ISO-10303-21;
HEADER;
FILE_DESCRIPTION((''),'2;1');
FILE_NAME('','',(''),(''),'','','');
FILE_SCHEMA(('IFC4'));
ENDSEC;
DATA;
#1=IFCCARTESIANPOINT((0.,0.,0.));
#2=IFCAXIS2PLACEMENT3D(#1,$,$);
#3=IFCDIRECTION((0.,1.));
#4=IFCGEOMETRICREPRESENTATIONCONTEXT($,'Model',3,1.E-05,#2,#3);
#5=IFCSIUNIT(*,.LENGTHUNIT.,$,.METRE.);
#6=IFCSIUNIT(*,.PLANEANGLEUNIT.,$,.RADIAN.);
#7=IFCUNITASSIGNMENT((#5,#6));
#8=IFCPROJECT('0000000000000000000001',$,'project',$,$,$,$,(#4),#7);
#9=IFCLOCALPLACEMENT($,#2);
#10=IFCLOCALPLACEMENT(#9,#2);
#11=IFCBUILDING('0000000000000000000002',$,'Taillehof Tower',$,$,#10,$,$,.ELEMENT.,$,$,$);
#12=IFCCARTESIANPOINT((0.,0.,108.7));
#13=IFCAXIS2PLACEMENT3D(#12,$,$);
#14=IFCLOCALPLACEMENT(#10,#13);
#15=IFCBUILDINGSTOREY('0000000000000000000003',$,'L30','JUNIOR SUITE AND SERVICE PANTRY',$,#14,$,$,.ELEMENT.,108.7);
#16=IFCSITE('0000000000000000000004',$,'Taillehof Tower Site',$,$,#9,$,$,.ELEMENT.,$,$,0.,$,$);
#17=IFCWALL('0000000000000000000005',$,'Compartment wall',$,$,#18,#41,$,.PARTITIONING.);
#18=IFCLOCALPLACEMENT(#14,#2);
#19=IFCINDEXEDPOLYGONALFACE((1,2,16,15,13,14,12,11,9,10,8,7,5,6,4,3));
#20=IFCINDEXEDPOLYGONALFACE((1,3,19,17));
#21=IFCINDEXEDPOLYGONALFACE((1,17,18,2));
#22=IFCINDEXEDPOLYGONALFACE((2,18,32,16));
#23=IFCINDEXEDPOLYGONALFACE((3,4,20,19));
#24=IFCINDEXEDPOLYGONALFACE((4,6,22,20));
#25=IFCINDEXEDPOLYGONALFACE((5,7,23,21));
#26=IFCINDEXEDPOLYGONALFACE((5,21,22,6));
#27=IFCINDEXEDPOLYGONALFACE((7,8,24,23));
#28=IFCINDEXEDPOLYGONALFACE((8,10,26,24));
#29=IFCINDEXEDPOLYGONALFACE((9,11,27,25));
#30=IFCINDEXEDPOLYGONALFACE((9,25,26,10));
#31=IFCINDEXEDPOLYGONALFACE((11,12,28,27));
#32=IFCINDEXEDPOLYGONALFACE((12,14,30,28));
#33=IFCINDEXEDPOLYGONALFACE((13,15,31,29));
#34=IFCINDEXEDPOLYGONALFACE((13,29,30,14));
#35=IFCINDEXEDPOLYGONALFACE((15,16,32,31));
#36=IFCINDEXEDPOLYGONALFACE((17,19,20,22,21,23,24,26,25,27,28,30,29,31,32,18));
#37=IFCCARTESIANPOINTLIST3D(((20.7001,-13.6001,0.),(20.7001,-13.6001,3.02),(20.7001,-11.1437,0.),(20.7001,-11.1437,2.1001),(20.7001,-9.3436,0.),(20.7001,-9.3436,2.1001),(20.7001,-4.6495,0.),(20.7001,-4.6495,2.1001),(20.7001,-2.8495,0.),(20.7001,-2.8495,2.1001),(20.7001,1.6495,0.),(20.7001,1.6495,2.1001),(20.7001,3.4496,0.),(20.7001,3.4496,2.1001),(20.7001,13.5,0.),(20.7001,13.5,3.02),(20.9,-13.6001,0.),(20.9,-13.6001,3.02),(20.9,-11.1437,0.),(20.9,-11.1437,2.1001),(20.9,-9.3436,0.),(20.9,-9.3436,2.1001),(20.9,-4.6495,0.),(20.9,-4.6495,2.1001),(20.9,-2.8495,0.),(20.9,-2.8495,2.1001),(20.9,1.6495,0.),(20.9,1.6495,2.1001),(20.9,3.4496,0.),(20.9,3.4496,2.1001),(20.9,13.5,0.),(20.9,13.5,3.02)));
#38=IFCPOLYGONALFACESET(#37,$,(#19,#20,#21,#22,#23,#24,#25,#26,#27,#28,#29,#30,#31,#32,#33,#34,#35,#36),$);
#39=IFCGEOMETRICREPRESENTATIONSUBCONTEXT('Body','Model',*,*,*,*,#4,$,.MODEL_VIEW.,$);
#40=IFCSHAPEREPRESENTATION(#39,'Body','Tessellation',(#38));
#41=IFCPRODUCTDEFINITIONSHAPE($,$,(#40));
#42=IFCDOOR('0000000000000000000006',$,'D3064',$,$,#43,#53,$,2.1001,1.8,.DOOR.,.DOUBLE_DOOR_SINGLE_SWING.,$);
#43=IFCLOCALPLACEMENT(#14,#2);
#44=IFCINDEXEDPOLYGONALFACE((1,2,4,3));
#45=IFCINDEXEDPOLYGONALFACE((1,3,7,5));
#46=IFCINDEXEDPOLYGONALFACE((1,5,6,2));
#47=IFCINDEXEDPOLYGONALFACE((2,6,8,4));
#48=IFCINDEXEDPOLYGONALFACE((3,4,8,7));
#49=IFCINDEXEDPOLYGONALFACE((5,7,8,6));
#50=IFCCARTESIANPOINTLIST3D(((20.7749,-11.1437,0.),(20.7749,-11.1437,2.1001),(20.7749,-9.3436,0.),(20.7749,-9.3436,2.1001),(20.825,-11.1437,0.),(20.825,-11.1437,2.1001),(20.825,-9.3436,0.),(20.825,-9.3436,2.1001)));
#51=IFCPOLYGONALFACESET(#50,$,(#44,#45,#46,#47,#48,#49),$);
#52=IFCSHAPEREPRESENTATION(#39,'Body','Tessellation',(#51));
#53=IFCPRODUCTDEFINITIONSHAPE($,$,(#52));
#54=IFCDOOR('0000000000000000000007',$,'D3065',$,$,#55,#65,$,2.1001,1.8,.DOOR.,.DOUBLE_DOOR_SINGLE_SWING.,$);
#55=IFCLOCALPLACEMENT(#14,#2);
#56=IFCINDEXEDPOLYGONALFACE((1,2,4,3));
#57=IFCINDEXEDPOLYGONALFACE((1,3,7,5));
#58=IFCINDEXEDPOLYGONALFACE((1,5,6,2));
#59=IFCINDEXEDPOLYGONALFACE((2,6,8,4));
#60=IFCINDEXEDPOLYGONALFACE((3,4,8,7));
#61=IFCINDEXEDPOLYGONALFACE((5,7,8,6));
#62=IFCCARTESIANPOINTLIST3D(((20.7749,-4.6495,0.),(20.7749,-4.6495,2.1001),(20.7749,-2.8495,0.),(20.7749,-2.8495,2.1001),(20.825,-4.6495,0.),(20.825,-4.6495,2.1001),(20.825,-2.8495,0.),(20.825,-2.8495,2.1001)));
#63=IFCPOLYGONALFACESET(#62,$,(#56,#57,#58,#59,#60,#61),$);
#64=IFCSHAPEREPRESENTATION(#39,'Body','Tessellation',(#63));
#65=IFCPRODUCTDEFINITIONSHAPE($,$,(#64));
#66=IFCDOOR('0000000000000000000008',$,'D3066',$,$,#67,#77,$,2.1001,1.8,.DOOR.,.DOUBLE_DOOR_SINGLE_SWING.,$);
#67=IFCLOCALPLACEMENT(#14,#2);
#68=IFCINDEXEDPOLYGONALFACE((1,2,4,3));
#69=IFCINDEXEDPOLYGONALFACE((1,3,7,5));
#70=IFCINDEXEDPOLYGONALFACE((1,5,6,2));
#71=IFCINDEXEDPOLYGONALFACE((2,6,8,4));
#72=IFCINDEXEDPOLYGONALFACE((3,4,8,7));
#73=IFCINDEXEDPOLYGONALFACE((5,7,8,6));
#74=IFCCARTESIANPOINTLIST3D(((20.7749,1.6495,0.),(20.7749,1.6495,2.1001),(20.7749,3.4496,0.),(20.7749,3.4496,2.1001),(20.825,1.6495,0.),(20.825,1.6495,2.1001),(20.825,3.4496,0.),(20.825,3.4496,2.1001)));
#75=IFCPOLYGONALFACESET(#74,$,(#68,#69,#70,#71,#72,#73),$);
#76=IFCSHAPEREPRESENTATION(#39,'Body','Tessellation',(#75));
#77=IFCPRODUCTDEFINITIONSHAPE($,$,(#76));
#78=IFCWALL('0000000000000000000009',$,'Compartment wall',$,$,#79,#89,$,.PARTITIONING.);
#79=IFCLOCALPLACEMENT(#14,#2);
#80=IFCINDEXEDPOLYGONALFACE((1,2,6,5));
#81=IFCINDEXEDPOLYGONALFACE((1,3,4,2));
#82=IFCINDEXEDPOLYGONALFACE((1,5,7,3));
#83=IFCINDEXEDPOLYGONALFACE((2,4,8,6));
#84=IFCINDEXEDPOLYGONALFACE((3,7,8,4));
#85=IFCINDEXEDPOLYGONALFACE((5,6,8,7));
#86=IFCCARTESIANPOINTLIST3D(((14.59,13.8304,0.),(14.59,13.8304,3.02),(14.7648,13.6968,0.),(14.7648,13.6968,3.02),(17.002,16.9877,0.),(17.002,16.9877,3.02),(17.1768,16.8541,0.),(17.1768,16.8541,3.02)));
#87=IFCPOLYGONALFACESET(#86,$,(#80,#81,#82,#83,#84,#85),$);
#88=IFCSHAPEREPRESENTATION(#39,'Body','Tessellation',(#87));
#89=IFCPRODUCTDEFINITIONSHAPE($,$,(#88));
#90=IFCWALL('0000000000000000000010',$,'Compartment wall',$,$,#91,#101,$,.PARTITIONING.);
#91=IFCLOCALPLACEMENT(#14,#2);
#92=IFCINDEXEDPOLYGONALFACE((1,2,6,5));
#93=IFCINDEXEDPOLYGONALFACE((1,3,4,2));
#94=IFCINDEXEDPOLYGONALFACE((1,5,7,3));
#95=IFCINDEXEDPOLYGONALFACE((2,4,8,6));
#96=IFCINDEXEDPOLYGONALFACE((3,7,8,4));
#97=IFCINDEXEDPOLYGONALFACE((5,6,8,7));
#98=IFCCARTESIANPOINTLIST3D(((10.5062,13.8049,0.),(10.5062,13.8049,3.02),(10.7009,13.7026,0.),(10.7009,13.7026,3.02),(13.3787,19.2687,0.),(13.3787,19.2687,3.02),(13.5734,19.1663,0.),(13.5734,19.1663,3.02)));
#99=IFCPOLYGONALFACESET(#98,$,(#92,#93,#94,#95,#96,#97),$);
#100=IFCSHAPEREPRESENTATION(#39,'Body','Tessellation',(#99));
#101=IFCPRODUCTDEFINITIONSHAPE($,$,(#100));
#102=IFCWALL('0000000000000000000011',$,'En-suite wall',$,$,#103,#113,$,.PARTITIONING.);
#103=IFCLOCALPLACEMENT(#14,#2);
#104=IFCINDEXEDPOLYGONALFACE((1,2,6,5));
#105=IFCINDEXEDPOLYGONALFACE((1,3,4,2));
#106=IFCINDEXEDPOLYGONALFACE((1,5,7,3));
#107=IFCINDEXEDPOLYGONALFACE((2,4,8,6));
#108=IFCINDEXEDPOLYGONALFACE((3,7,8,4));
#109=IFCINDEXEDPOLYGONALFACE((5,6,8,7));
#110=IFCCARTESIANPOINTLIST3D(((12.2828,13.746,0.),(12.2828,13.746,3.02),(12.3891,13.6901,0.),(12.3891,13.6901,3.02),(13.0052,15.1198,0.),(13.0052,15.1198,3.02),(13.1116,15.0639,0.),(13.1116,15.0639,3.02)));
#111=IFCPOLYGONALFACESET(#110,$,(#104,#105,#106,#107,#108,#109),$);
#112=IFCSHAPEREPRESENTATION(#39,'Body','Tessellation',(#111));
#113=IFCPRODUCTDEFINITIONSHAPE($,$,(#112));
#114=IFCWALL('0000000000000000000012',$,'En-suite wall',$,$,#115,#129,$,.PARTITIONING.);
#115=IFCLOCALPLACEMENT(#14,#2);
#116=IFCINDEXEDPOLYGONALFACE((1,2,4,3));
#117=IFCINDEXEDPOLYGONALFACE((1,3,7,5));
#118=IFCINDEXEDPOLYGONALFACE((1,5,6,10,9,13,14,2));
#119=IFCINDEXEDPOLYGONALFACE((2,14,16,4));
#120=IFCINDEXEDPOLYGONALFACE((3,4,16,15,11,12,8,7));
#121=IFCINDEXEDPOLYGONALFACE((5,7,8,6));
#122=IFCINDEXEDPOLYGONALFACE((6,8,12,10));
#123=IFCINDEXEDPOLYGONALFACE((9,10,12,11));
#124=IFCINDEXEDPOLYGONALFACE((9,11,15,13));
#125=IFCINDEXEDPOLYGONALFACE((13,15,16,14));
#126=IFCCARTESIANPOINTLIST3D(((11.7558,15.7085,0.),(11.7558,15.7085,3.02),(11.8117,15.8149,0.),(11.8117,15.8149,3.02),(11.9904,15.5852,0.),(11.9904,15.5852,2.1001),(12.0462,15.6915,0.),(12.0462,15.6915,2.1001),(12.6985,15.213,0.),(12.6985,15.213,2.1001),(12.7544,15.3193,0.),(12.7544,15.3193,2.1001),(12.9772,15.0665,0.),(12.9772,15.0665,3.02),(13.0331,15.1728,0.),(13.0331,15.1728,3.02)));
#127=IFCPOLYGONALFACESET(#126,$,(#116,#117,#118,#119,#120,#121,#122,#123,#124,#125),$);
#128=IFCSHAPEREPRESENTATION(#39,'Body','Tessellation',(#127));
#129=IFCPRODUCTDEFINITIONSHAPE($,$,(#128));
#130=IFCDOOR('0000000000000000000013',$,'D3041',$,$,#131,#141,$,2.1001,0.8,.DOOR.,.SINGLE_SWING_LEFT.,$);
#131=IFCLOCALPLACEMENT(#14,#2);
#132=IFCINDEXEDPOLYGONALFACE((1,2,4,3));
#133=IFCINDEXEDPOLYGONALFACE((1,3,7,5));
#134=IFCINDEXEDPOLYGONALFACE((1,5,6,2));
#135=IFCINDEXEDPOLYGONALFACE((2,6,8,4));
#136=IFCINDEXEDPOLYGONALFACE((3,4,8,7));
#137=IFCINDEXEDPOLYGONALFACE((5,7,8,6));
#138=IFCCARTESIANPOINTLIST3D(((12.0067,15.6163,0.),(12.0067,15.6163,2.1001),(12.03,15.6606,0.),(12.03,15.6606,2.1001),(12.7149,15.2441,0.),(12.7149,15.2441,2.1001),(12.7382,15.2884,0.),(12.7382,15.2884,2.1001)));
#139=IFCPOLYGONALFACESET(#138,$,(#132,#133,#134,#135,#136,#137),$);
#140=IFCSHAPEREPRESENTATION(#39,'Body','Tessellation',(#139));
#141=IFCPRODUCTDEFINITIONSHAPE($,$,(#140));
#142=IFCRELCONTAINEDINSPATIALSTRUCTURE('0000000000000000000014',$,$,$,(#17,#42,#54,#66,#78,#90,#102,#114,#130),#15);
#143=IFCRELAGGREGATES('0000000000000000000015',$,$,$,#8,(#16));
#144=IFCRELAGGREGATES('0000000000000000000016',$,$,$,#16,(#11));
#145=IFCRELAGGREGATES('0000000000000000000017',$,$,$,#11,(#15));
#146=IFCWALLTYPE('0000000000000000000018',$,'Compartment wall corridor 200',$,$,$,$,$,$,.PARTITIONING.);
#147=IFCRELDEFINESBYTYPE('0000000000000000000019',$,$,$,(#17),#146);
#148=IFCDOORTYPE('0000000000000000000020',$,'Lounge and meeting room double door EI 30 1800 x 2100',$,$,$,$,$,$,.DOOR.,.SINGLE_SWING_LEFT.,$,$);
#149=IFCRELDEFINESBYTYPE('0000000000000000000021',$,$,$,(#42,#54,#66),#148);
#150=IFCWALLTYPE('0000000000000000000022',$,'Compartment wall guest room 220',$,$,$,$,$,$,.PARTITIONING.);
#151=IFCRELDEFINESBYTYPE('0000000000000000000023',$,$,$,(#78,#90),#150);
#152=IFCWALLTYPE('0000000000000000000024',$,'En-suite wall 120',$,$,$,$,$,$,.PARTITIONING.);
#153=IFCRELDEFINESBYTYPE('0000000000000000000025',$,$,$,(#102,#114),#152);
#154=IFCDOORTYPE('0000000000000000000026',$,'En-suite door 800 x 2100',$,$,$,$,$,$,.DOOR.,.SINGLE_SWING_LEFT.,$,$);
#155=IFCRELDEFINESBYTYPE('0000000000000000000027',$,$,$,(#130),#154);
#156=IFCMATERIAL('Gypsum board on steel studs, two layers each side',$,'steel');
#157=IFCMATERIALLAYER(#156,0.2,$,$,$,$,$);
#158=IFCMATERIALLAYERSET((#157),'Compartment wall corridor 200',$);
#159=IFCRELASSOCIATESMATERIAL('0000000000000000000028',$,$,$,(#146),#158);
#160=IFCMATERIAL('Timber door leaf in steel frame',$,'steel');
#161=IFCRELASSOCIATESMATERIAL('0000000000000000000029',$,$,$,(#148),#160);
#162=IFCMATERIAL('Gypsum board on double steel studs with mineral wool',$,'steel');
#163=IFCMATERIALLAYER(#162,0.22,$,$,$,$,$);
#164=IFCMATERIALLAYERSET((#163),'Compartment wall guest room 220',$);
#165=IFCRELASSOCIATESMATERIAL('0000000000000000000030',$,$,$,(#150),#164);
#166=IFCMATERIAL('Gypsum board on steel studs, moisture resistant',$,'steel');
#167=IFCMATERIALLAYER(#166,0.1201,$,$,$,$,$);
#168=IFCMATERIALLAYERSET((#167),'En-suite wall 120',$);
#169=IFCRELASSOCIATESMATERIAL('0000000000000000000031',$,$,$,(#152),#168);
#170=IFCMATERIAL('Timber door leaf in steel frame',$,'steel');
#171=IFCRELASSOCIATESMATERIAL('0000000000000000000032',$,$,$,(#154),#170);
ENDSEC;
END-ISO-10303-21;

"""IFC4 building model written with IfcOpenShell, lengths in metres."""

from ifc_helpers import new_model, si_unit, direction, frame, frame_2d, origin, place, context, subcontext, project, spatial, rectangle, extrude, material, layer, layer_set, type_object, element, fill, save


model = new_model("IFC4")

# Units and contexts
model_context = context("Model", 3, precision=1e-05, world=origin(), true_north=direction((0.0, 1.0)))
body_context = subcontext(model_context, "Body", "Model", "MODEL_VIEW")
ifc_project = project(units=[si_unit("LENGTHUNIT", "METRE"), si_unit("PLANEANGLEUNIT", "RADIAN")], contexts=[model_context])

# Site, building, storey
site_placement = place(None, origin())
site = spatial("IfcSite", under=ifc_project, at=site_placement, Name="Taillehof Tower Site", CompositionType="ELEMENT", RefElevation=0.0)
building_placement = place(site_placement, origin())
building = spatial("IfcBuilding", under=site, at=building_placement, Name="Taillehof Tower", CompositionType="ELEMENT")
storey_placement = place(building_placement, frame((0.0, 0.0, 108.7)))
storey = spatial("IfcBuildingStorey", under=building, at=storey_placement, Name="L30", Description="JUNIOR SUITE AND SERVICE PANTRY", CompositionType="ELEMENT", Elevation=108.7)

# Wall, openings, doors
ifc_material_1 = material(Name="Gypsum board on steel studs, two layers each side", Category="steel")
ifc_layer_1 = layer(ifc_material_1, 0.2)
ifc_layer_set_1 = layer_set([ifc_layer_1], Name="Compartment wall corridor 200")
wall_type_1 = type_object("IfcWallType", Name="Compartment wall corridor 200", PredefinedType="PARTITIONING", material=ifc_layer_set_1)
wall_1_placement = place(storey_placement, frame((20.8, 13.5, 0.0), z_axis=(0.0, 0.0, 1.0), x_axis=(0.0, -1.0, 0.0)))
wall_1 = element("IfcWall", 1, at=wall_1_placement, inside=storey, type_object=wall_type_1, Name="Compartment wall", PredefinedType="PARTITIONING", context=body_context, shape_type="SweptSolid", body=[
    extrude(rectangle(XDim=27.1001, YDim=0.2, at=frame_2d((13.55, 0.0))), origin(), (0.0, 0.0, 1.0), 3.02),
])
opening_1_placement = place(wall_1_placement, frame((22.8438, 0.0, 0.0)))
opening_1 = element("IfcOpeningElement", 2, at=opening_1_placement, cuts=wall_1, PredefinedType="OPENING", context=body_context, shape_type="SweptSolid", body=[
    extrude(rectangle(XDim=1.8, YDim=2.1001, at=frame_2d((0.8999, 1.05))), frame((0.0, 0.1099, 0.0), z_axis=(0.0, -1.0, 0.0), x_axis=(1.0, 0.0, 0.0)), (0.0, 0.0, 1.0), 0.22),
])
opening_2_placement = place(wall_1_placement, frame((16.3496, 0.0, 0.0)))
opening_2 = element("IfcOpeningElement", 3, at=opening_2_placement, cuts=wall_1, PredefinedType="OPENING", context=body_context, shape_type="SweptSolid", body=[
    extrude(rectangle(XDim=1.8, YDim=2.1001, at=frame_2d((0.8999, 1.05))), frame((0.0, 0.1099, 0.0), z_axis=(0.0, -1.0, 0.0), x_axis=(1.0, 0.0, 0.0)), (0.0, 0.0, 1.0), 0.22),
])
opening_3_placement = place(wall_1_placement, frame((10.0505, 0.0, 0.0)))
opening_3 = element("IfcOpeningElement", 4, at=opening_3_placement, cuts=wall_1, PredefinedType="OPENING", context=body_context, shape_type="SweptSolid", body=[
    extrude(rectangle(XDim=1.8, YDim=2.1001, at=frame_2d((0.8999, 1.05))), frame((0.0, 0.1099, 0.0), z_axis=(0.0, -1.0, 0.0), x_axis=(1.0, 0.0, 0.0)), (0.0, 0.0, 1.0), 0.22),
])
ifc_material_2 = material(Name="Timber door leaf in steel frame", Category="steel")
door_type_1 = type_object("IfcDoorType", Name="Lounge and meeting room double door EI 30 1800 x 2100", OperationType="SINGLE_SWING_LEFT", PredefinedType="DOOR", material=ifc_material_2)
door_1_placement = place(opening_1_placement, origin())
door_1 = element("IfcDoor", 5, at=door_1_placement, inside=storey, type_object=door_type_1, Name="D3064", OperationType="DOUBLE_DOOR_SINGLE_SWING", OverallHeight=2.1001, OverallWidth=1.8, PredefinedType="DOOR", context=body_context, shape_type="SweptSolid", body=[
    extrude(rectangle(XDim=1.8, YDim=2.1001, at=frame_2d((0.8999, 1.05))), frame((0.0, 0.0249, 0.0), z_axis=(0.0, -1.0, 0.0), x_axis=(1.0, 0.0, 0.0)), (0.0, 0.0, 1.0), 0.05),
])
fill(opening_1, door_1)
door_2_placement = place(opening_2_placement, origin())
door_2 = element("IfcDoor", 6, at=door_2_placement, inside=storey, type_object=door_type_1, Name="D3065", OperationType="DOUBLE_DOOR_SINGLE_SWING", OverallHeight=2.1001, OverallWidth=1.8, PredefinedType="DOOR", context=body_context, shape_type="SweptSolid", body=[
    extrude(rectangle(XDim=1.8, YDim=2.1001, at=frame_2d((0.8999, 1.05))), frame((0.0, 0.0249, 0.0), z_axis=(0.0, -1.0, 0.0), x_axis=(1.0, 0.0, 0.0)), (0.0, 0.0, 1.0), 0.05),
])
fill(opening_2, door_2)
door_3_placement = place(opening_3_placement, origin())
door_3 = element("IfcDoor", 7, at=door_3_placement, inside=storey, type_object=door_type_1, Name="D3066", OperationType="DOUBLE_DOOR_SINGLE_SWING", OverallHeight=2.1001, OverallWidth=1.8, PredefinedType="DOOR", context=body_context, shape_type="SweptSolid", body=[
    extrude(rectangle(XDim=1.8, YDim=2.1001, at=frame_2d((0.8999, 1.05))), frame((0.0, 0.0249, 0.0), z_axis=(0.0, -1.0, 0.0), x_axis=(1.0, 0.0, 0.0)), (0.0, 0.0, 1.0), 0.05),
])
fill(opening_3, door_3)

# Walls
ifc_material_3 = material(Name="Gypsum board on double steel studs with mineral wool", Category="steel")
ifc_layer_2 = layer(ifc_material_3, 0.22)
ifc_layer_set_2 = layer_set([ifc_layer_2], Name="Compartment wall guest room 220")
wall_type_2 = type_object("IfcWallType", Name="Compartment wall guest room 220", PredefinedType="PARTITIONING", material=ifc_layer_set_2)
wall_2_placement = place(storey_placement, frame((17.0894, 16.9209, 0.0), z_axis=(0.0, 0.0, 1.0), x_axis=(-0.607055, -0.794659, 0.0)))
element("IfcWall", 8, at=wall_2_placement, inside=storey, type_object=wall_type_2, Name="Compartment wall", PredefinedType="PARTITIONING", context=body_context, shape_type="SweptSolid", body=[
    extrude(rectangle(XDim=3.9731, YDim=0.22, at=frame_2d((1.9866, 0.0))), origin(), (0.0, 0.0, 1.0), 3.02),
])
wall_3_placement = place(storey_placement, frame((13.4761, 19.2175, 0.0), z_axis=(0.0, 0.0, 1.0), x_axis=(-0.465345, -0.885129, 0.0)))
element("IfcWall", 9, at=wall_3_placement, inside=storey, type_object=wall_type_2, Name="Compartment wall", PredefinedType="PARTITIONING", context=body_context, shape_type="SweptSolid", body=[
    extrude(rectangle(XDim=6.1729, YDim=0.22, at=frame_2d((3.0864, 0.0))), origin(), (0.0, 0.0, 1.0), 3.02),
])
ifc_material_4 = material(Name="Gypsum board on steel studs, moisture resistant", Category="steel")
ifc_layer_3 = layer(ifc_material_4, 0.1201)
ifc_layer_set_3 = layer_set([ifc_layer_3], Name="En-suite wall 120")
wall_type_3 = type_object("IfcWallType", Name="En-suite wall 120", PredefinedType="PARTITIONING", material=ifc_layer_set_3)
wall_4_placement = place(storey_placement, frame((12.3359, 13.718, 0.0), z_axis=(0.0, 0.0, 1.0), x_axis=(0.465429, 0.885085, 0.0)))
element("IfcWall", 10, at=wall_4_placement, inside=storey, type_object=wall_type_3, Name="En-suite wall", PredefinedType="PARTITIONING", context=body_context, shape_type="SweptSolid", body=[
    extrude(rectangle(XDim=1.5522, YDim=0.1201, at=frame_2d((0.7761, 0.0))), origin(), (0.0, 0.0, 1.0), 3.02),
])

# Wall, opening, door
wall_5_placement = place(storey_placement, frame((13.0051, 15.1196, 0.0), z_axis=(0.0, 0.0, 1.0), x_axis=(-0.885148, 0.465309, 0.0)))
wall_5 = element("IfcWall", 11, at=wall_5_placement, inside=storey, type_object=wall_type_3, Name="En-suite wall", PredefinedType="PARTITIONING", context=body_context, shape_type="SweptSolid", body=[
    extrude(rectangle(XDim=1.3799, YDim=0.1201, at=frame_2d((0.6899, 0.0))), origin(), (0.0, 0.0, 1.0), 3.02),
])
opening_4_placement = place(wall_5_placement, frame((0.3149, 0.0, 0.0)))
opening_4 = element("IfcOpeningElement", 12, at=opening_4_placement, cuts=wall_5, PredefinedType="OPENING", context=body_context, shape_type="SweptSolid", body=[
    extrude(rectangle(XDim=0.8, YDim=2.1001, at=frame_2d((0.3999, 1.05))), frame((0.0, 0.0701, 0.0), z_axis=(0.0, -1.0, 0.0), x_axis=(1.0, 0.0, 0.0)), (0.0, 0.0, 1.0), 0.1401),
])
ifc_material_5 = material(Name="Timber door leaf in steel frame", Category="steel")
door_type_2 = type_object("IfcDoorType", Name="En-suite door 800 x 2100", OperationType="SINGLE_SWING_LEFT", PredefinedType="DOOR", material=ifc_material_5)
door_4_placement = place(opening_4_placement, origin())
door_4 = element("IfcDoor", 13, at=door_4_placement, inside=storey, type_object=door_type_2, Name="D3041", OperationType="SINGLE_SWING_LEFT", OverallHeight=2.1001, OverallWidth=0.8, PredefinedType="DOOR", context=body_context, shape_type="SweptSolid", body=[
    extrude(rectangle(XDim=0.8, YDim=2.1001, at=frame_2d((0.3999, 1.05))), frame((0.0, 0.0249, 0.0), z_axis=(0.0, -1.0, 0.0), x_axis=(1.0, 0.0, 0.0)), (0.0, 0.0, 1.0), 0.05),
])
fill(opening_4, door_4)

save(model, "model.ifc")
